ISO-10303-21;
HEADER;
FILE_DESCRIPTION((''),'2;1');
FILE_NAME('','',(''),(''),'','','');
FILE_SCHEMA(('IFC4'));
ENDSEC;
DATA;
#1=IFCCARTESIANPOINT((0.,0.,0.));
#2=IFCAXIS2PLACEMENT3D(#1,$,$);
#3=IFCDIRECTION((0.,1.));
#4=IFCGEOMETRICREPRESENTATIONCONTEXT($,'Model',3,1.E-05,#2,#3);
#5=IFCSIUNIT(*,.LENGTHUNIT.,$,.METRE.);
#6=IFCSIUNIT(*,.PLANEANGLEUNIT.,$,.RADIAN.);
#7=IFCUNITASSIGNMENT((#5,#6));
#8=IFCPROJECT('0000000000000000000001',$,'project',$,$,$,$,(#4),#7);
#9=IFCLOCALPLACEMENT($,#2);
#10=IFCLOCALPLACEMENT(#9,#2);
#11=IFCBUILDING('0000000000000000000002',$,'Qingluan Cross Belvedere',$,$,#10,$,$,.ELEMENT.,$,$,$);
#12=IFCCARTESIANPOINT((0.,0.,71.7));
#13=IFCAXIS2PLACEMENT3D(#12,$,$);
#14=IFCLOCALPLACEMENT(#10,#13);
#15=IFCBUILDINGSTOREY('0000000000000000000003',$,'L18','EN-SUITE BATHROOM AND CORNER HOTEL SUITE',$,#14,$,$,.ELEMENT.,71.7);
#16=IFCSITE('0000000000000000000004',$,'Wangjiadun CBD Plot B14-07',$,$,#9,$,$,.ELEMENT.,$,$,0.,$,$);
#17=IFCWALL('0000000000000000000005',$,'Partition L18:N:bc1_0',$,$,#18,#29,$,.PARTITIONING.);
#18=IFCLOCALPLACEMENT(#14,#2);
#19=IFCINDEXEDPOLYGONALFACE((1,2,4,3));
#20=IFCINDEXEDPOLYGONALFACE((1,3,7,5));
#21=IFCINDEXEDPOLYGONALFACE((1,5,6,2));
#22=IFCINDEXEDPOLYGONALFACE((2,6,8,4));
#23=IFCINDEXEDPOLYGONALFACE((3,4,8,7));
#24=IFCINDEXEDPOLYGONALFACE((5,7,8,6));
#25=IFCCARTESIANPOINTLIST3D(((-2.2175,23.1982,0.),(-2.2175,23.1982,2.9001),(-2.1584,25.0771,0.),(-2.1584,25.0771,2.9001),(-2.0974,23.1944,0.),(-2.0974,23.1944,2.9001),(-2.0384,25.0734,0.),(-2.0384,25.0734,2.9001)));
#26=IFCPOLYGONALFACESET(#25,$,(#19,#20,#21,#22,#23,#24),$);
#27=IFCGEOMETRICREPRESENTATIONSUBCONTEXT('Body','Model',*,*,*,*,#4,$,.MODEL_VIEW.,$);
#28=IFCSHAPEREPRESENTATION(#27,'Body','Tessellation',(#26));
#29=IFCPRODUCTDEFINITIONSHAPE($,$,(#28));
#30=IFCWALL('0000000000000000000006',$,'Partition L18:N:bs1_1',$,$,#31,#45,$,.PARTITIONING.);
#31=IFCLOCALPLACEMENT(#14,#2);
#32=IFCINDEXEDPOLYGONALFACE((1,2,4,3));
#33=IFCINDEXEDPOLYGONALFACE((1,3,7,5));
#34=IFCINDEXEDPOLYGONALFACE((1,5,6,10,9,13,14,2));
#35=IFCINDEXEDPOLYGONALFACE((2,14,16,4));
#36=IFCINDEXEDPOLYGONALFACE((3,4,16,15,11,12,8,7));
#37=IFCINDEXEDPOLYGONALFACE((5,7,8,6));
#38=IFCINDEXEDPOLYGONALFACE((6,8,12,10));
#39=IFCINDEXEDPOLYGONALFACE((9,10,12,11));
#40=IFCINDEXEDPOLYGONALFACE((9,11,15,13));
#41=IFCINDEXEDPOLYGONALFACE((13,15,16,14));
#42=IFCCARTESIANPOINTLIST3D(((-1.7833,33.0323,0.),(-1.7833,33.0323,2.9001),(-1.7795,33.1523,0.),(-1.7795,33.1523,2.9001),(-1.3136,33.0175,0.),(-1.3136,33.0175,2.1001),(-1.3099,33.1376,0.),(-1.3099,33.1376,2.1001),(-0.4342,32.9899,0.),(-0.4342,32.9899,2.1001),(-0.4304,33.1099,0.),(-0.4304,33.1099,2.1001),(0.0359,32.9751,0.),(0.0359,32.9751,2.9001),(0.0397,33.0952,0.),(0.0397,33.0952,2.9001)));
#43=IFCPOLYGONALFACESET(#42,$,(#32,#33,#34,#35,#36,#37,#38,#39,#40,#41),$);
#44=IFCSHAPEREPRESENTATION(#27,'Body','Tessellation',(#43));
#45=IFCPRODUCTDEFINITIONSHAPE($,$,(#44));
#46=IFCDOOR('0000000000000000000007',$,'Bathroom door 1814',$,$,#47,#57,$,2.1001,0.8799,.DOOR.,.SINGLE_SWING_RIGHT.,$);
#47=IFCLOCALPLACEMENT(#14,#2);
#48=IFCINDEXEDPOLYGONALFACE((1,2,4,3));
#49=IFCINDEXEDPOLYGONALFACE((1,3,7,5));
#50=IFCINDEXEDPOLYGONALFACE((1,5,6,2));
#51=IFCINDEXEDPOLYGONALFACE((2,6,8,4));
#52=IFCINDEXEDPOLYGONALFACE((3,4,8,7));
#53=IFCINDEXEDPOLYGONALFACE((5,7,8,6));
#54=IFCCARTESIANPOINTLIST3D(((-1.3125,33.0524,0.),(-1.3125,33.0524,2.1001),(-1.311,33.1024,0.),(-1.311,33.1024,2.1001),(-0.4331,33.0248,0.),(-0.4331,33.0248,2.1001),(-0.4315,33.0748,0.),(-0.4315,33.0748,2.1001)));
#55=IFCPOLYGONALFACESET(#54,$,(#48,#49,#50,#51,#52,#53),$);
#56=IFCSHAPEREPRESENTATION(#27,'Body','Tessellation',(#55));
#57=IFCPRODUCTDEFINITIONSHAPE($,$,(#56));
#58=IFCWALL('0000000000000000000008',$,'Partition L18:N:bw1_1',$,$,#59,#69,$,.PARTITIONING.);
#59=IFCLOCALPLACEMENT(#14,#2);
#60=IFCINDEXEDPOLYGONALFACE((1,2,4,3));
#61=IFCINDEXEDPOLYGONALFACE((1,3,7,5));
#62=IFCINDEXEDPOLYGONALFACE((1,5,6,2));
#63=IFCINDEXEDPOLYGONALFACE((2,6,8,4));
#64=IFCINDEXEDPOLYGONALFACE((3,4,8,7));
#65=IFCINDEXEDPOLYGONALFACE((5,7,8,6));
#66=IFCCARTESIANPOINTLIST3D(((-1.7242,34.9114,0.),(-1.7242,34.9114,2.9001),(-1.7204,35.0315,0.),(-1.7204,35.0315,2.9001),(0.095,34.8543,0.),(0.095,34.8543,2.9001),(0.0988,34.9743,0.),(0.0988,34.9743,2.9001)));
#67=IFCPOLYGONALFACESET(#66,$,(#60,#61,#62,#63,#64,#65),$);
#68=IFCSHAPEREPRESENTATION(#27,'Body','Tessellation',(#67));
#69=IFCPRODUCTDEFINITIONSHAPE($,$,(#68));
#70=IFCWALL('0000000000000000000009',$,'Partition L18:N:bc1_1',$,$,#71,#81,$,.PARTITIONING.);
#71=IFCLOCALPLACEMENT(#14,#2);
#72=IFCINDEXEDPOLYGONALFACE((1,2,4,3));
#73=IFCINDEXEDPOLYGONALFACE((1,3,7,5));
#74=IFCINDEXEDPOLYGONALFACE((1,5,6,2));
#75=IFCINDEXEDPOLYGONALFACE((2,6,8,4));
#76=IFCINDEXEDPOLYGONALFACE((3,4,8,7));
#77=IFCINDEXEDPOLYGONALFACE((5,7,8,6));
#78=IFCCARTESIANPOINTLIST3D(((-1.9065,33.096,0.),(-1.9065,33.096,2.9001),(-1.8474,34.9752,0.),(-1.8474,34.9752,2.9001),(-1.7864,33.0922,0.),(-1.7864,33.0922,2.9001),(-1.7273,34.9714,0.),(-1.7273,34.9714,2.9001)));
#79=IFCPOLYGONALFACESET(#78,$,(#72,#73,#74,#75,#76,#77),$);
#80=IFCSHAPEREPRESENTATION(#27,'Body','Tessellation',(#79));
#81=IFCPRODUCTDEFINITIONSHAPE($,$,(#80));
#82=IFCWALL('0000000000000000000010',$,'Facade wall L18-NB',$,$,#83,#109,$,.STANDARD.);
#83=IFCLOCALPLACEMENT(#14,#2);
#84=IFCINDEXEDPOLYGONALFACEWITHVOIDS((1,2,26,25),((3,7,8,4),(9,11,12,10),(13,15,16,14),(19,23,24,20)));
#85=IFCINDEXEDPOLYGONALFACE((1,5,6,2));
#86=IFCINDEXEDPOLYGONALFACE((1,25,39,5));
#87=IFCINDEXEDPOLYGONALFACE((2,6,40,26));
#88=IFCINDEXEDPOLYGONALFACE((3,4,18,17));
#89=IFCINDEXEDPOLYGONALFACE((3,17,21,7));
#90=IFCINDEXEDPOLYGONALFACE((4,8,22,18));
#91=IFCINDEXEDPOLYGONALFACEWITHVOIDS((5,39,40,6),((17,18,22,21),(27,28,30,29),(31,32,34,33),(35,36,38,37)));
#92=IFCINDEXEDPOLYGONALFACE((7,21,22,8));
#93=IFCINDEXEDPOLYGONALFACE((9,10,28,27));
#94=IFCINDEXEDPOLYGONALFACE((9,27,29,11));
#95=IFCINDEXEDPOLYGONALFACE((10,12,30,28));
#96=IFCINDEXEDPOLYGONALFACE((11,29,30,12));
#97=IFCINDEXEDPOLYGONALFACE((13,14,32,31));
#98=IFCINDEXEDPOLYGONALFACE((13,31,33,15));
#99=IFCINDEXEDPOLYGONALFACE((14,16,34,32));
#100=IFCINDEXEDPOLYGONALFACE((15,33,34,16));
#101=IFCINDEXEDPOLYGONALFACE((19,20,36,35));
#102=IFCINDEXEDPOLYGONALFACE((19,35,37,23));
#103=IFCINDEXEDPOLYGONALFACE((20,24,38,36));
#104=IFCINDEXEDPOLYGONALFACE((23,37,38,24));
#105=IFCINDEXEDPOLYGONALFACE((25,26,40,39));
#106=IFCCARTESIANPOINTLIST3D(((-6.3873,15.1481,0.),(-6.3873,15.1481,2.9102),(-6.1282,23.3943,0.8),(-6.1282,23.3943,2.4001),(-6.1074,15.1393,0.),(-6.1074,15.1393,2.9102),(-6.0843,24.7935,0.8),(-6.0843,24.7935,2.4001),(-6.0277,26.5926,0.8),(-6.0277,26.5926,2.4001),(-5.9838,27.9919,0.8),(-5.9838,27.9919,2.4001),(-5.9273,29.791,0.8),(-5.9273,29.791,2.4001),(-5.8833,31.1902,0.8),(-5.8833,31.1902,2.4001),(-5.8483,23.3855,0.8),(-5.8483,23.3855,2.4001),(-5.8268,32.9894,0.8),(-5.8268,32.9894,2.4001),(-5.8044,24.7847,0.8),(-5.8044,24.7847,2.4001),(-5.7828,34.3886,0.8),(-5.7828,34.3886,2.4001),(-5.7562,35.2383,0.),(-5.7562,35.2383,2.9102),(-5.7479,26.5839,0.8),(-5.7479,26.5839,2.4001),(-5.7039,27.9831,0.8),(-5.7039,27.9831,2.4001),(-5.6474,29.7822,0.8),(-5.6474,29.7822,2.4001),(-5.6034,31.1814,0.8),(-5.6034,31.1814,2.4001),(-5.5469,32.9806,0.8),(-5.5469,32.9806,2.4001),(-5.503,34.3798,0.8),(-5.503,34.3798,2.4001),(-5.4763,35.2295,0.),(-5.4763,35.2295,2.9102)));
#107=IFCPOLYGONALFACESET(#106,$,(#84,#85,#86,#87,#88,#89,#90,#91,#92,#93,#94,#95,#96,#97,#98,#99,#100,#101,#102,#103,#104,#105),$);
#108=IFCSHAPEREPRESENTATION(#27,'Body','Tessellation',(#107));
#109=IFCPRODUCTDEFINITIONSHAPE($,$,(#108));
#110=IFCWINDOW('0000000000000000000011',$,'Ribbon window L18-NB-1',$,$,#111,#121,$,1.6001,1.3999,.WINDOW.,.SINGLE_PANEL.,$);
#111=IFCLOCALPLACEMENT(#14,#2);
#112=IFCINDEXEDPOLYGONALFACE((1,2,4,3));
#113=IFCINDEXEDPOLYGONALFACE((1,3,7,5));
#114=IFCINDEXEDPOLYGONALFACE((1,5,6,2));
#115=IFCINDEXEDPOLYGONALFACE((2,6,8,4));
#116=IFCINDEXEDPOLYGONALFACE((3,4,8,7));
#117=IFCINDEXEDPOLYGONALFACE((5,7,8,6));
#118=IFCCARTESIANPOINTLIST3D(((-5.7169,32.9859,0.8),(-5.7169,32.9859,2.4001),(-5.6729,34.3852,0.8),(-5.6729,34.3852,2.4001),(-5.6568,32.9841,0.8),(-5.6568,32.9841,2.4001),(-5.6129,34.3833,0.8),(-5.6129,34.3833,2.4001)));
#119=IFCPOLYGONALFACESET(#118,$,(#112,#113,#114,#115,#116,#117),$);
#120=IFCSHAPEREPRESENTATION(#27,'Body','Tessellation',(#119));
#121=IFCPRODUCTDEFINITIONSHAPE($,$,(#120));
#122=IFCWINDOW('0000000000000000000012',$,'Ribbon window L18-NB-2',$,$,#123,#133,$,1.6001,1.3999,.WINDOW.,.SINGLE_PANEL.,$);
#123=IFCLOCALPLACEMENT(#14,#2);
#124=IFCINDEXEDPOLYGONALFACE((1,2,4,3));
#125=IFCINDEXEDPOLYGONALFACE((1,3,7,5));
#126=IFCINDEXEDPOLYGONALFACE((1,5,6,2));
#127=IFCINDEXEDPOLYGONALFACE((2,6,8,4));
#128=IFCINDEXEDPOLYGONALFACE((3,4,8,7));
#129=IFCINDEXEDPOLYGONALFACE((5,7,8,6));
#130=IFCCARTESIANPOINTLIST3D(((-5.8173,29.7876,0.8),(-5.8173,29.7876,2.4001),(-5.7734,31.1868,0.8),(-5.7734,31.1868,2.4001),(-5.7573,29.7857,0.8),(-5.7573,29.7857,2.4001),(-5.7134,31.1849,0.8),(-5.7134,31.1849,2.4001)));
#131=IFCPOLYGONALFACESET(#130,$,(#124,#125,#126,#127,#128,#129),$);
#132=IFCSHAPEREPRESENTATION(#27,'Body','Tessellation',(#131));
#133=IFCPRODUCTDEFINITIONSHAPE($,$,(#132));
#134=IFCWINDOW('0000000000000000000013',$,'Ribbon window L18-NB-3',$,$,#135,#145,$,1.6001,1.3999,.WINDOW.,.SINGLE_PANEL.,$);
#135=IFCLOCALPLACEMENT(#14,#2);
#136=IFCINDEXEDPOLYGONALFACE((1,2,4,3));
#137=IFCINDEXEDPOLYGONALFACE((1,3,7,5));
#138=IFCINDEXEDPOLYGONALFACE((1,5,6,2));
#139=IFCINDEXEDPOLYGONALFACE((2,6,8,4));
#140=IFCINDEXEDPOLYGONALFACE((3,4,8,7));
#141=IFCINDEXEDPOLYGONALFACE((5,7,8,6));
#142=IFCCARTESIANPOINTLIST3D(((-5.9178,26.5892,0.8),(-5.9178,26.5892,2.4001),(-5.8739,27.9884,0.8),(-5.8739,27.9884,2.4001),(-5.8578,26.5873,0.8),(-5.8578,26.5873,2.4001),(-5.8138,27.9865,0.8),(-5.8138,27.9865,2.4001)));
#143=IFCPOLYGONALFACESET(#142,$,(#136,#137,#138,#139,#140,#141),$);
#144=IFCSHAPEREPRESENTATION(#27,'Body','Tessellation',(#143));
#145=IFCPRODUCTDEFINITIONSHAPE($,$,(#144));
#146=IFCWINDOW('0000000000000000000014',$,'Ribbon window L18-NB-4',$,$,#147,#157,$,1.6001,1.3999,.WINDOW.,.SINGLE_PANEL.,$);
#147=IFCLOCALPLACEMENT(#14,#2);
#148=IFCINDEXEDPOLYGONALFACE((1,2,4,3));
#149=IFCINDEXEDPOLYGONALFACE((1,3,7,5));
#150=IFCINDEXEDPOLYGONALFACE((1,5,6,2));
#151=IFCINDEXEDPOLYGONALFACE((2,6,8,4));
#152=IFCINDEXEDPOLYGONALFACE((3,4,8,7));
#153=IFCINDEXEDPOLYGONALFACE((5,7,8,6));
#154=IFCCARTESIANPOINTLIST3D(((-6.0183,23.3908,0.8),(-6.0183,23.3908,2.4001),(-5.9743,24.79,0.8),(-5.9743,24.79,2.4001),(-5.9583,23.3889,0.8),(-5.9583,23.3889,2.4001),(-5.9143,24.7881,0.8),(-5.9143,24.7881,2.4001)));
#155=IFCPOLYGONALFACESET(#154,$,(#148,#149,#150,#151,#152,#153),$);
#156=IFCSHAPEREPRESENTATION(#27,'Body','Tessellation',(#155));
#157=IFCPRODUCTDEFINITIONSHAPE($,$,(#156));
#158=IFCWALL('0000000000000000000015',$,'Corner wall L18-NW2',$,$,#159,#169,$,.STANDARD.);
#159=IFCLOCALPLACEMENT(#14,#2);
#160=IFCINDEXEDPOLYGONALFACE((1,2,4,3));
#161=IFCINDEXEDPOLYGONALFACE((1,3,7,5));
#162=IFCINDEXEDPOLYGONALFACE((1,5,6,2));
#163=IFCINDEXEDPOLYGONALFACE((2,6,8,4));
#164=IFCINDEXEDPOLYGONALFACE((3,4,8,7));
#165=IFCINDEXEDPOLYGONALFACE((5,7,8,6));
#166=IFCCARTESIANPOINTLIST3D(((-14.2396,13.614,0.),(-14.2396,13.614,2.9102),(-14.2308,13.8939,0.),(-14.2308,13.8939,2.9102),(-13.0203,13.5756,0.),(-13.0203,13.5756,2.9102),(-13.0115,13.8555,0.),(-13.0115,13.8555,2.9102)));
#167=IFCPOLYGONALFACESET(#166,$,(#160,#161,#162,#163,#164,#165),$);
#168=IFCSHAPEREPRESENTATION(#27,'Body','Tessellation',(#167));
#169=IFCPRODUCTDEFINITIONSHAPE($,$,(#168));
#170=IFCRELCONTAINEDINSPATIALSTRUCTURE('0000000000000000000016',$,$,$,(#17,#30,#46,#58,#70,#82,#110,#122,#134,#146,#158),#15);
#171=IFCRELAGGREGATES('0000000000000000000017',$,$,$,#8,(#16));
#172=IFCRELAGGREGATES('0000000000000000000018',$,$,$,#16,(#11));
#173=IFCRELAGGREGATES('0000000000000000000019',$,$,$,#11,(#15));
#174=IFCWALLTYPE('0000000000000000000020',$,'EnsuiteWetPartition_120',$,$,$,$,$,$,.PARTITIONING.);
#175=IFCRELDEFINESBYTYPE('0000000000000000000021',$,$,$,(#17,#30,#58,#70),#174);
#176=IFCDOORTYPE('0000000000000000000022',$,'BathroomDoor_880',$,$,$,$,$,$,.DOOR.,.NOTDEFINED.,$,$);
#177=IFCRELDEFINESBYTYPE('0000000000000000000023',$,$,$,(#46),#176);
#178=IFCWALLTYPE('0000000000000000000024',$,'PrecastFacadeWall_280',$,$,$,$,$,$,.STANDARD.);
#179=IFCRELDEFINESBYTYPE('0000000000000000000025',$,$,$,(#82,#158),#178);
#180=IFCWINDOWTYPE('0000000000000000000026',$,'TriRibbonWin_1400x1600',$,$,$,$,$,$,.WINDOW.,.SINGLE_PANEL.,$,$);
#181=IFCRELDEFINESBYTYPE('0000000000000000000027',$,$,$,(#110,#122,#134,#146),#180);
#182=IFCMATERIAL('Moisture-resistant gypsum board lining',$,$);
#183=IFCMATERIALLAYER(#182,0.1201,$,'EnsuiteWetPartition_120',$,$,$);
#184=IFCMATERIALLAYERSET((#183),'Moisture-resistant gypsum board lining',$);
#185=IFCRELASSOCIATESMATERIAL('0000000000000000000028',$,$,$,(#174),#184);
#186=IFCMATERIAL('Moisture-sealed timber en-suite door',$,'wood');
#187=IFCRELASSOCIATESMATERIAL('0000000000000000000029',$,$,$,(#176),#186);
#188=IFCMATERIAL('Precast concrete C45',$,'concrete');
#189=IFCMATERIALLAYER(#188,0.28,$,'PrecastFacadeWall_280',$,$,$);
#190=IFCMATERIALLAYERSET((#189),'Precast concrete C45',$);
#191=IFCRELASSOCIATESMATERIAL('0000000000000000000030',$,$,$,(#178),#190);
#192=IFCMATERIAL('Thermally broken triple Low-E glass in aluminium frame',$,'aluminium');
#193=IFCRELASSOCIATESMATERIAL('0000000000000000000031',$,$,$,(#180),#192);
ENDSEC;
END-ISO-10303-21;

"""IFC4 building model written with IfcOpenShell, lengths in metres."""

from ifc_helpers import new_model, si_unit, direction, frame, frame_2d, origin, place, context, subcontext, project, spatial, rectangle, extrude, material, layer, layer_set, type_object, element, fill, save


model = new_model("IFC4")

# Units and contexts
model_context = context("Model", 3, precision=1e-05, world=origin(), true_north=direction((0.0, 1.0)))
body_context = subcontext(model_context, "Body", "Model", "MODEL_VIEW")
ifc_project = project(units=[si_unit("LENGTHUNIT", "METRE"), si_unit("PLANEANGLEUNIT", "RADIAN")], contexts=[model_context])

# Site, building, storey
site_placement = place(None, origin())
site = spatial("IfcSite", under=ifc_project, at=site_placement, Name="Wangjiadun CBD Plot B14-07", CompositionType="ELEMENT", RefElevation=0.0)
building_placement = place(site_placement, origin())
building = spatial("IfcBuilding", under=site, at=building_placement, Name="Qingluan Cross Belvedere", CompositionType="ELEMENT")
storey_placement = place(building_placement, frame((0.0, 0.0, 71.7)))
storey = spatial("IfcBuildingStorey", under=building, at=storey_placement, Name="L18", Description="EN-SUITE BATHROOM AND CORNER HOTEL SUITE", CompositionType="ELEMENT", Elevation=71.7)

# Shared definitions
ifc_material_1 = material(Name="Moisture-resistant gypsum board lining")
ifc_layer_1 = layer(ifc_material_1, 0.1201, Name="EnsuiteWetPartition_120")
ifc_layer_set_1 = layer_set([ifc_layer_1], Name="Moisture-resistant gypsum board lining")
wall_type_1 = type_object("IfcWallType", Name="EnsuiteWetPartition_120", PredefinedType="PARTITIONING", material=ifc_layer_set_1)
ifc_material_2 = material(Name="Moisture-sealed timber en-suite door", Category="wood")
door_type = type_object("IfcDoorType", Name="BathroomDoor_880", OperationType="NOTDEFINED", PredefinedType="DOOR", material=ifc_material_2)

# Wall
wall_1_placement = place(storey_placement, frame((-2.1575, 23.1963, 0.0), z_axis=(0.0, 0.0, 1.0), x_axis=(0.031429, 0.999506, 0.0)))
element("IfcWall", 1, at=wall_1_placement, inside=storey, type_object=wall_type_1, Name="Partition L18:N:bc1_0", PredefinedType="PARTITIONING", context=body_context, shape_type="SweptSolid", body=[
    extrude(rectangle(XDim=1.8799, YDim=0.1201, at=frame_2d((0.9399, 0.0))), origin(), (0.0, 0.0, 1.0), 2.9001),
])

# Wall, opening, door
wall_2_placement = place(storey_placement, frame((-1.7815, 33.0923, 0.0), z_axis=(0.0, 0.0, 1.0), x_axis=(0.999507, -0.03139, 0.0)))
wall_2 = element("IfcWall", 2, at=wall_2_placement, inside=storey, type_object=wall_type_1, Name="Partition L18:N:bs1_1", PredefinedType="PARTITIONING", context=body_context, shape_type="SweptSolid", body=[
    extrude(rectangle(XDim=1.8201, YDim=0.1201, at=frame_2d((0.9102, 0.0))), origin(), (0.0, 0.0, 1.0), 2.9001),
])
opening_1_placement = place(wall_2_placement, frame((0.47, 0.0, 0.0)))
opening_1 = element("IfcOpeningElement", 3, at=opening_1_placement, cuts=wall_2, PredefinedType="OPENING", context=body_context, shape_type="SweptSolid", body=[
    extrude(rectangle(XDim=0.8799, YDim=2.1001, at=frame_2d((0.4399, 1.05))), frame((0.0, 0.0701, 0.0), z_axis=(0.0, -1.0, 0.0), x_axis=(1.0, 0.0, 0.0)), (0.0, 0.0, 1.0), 0.1401),
])
door_1_placement = place(opening_1_placement, origin())
door_1 = element("IfcDoor", 4, at=door_1_placement, inside=storey, type_object=door_type, Name="Bathroom door 1814", OperationType="SINGLE_SWING_RIGHT", OverallHeight=2.1001, OverallWidth=0.8799, PredefinedType="DOOR", context=body_context, shape_type="SweptSolid", body=[
    extrude(rectangle(XDim=0.8799, YDim=2.1001, at=frame_2d((0.4399, 1.05))), frame((0.0, 0.0249, 0.0), z_axis=(0.0, -1.0, 0.0), x_axis=(1.0, 0.0, 0.0)), (0.0, 0.0, 1.0), 0.05),
])
fill(opening_1, door_1)

# Walls
wall_3_placement = place(storey_placement, frame((-1.7224, 34.9714, 0.0), z_axis=(0.0, 0.0, 1.0), x_axis=(0.999507, -0.03139, 0.0)))
element("IfcWall", 5, at=wall_3_placement, inside=storey, type_object=wall_type_1, Name="Partition L18:N:bw1_1", PredefinedType="PARTITIONING", context=body_context, shape_type="SweptSolid", body=[
    extrude(rectangle(XDim=1.8201, YDim=0.1201, at=frame_2d((0.9102, 0.0))), origin(), (0.0, 0.0, 1.0), 2.9001),
])
wall_4_placement = place(storey_placement, frame((-1.8464, 33.0942, 0.0), z_axis=(0.0, 0.0, 1.0), x_axis=(0.031425, 0.999506, 0.0)))
element("IfcWall", 6, at=wall_4_placement, inside=storey, type_object=wall_type_1, Name="Partition L18:N:bc1_1", PredefinedType="PARTITIONING", context=body_context, shape_type="SweptSolid", body=[
    extrude(rectangle(XDim=1.8801, YDim=0.1201, at=frame_2d((0.9399, 0.0))), origin(), (0.0, 0.0, 1.0), 2.9001),
])

# Wall, openings, windows
ifc_material_3 = material(Name="Precast concrete C45", Category="concrete")
ifc_layer_2 = layer(ifc_material_3, 0.28, Name="PrecastFacadeWall_280")
ifc_layer_set_2 = layer_set([ifc_layer_2], Name="Precast concrete C45")
wall_type_2 = type_object("IfcWallType", Name="PrecastFacadeWall_280", PredefinedType="STANDARD", material=ifc_layer_set_2)
wall_5_placement = place(storey_placement, frame((-5.6162, 35.2339, 0.0), z_axis=(0.0, 0.0, 1.0), x_axis=(-0.031398, -0.999507, 0.0)))
wall_5 = element("IfcWall", 7, at=wall_5_placement, inside=storey, type_object=wall_type_2, Name="Facade wall L18-NB", PredefinedType="STANDARD", context=body_context, shape_type="SweptSolid", body=[
    extrude(rectangle(XDim=20.1001, YDim=0.28, at=frame_2d((10.05, 0.0))), origin(), (0.0, 0.0, 1.0), 2.9102),
])
opening_2_placement = place(wall_5_placement, frame((0.8501, 0.0, 0.8)))
opening_2 = element("IfcOpeningElement", 8, at=opening_2_placement, cuts=wall_5, PredefinedType="OPENING", context=body_context, shape_type="SweptSolid", body=[
    extrude(rectangle(XDim=1.3999, YDim=1.6001, at=frame_2d((0.7, 0.8))), frame((0.0, 0.1499, 0.0), z_axis=(0.0, -1.0, 0.0), x_axis=(1.0, 0.0, 0.0)), (0.0, 0.0, 1.0), 0.3),
])
opening_3_placement = place(wall_5_placement, frame((4.05, 0.0, 0.8)))
opening_3 = element("IfcOpeningElement", 9, at=opening_3_placement, cuts=wall_5, PredefinedType="OPENING", context=body_context, shape_type="SweptSolid", body=[
    extrude(rectangle(XDim=1.3999, YDim=1.6001, at=frame_2d((0.7, 0.8))), frame((0.0, 0.1499, 0.0), z_axis=(0.0, -1.0, 0.0), x_axis=(1.0, 0.0, 0.0)), (0.0, 0.0, 1.0), 0.3),
])
opening_4_placement = place(wall_5_placement, frame((7.25, 0.0, 0.8)))
opening_4 = element("IfcOpeningElement", 10, at=opening_4_placement, cuts=wall_5, PredefinedType="OPENING", context=body_context, shape_type="SweptSolid", body=[
    extrude(rectangle(XDim=1.3999, YDim=1.6001, at=frame_2d((0.7, 0.8))), frame((0.0, 0.1499, 0.0), z_axis=(0.0, -1.0, 0.0), x_axis=(1.0, 0.0, 0.0)), (0.0, 0.0, 1.0), 0.3),
])
opening_5_placement = place(wall_5_placement, frame((10.45, 0.0, 0.8)))
opening_5 = element("IfcOpeningElement", 11, at=opening_5_placement, cuts=wall_5, PredefinedType="OPENING", context=body_context, shape_type="SweptSolid", body=[
    extrude(rectangle(XDim=1.3999, YDim=1.6001, at=frame_2d((0.7, 0.8))), frame((0.0, 0.1499, 0.0), z_axis=(0.0, -1.0, 0.0), x_axis=(1.0, 0.0, 0.0)), (0.0, 0.0, 1.0), 0.3),
])
ifc_material_4 = material(Name="Thermally broken triple Low-E glass in aluminium frame", Category="aluminium")
window_type = type_object("IfcWindowType", Name="TriRibbonWin_1400x1600", PartitioningType="SINGLE_PANEL", PredefinedType="WINDOW", material=ifc_material_4)
window_1_placement = place(opening_2_placement, origin())
window_1 = element("IfcWindow", 12, at=window_1_placement, inside=storey, type_object=window_type, Name="Ribbon window L18-NB-1", OverallHeight=1.6001, OverallWidth=1.3999, PartitioningType="SINGLE_PANEL", PredefinedType="WINDOW", context=body_context, shape_type="SweptSolid", body=[
    extrude(rectangle(XDim=1.3999, YDim=1.6001, at=frame_2d((0.7, 0.8))), frame((0.0, 0.03, 0.0), z_axis=(0.0, -1.0, 0.0), x_axis=(1.0, 0.0, 0.0)), (0.0, 0.0, 1.0), 0.0601),
])
fill(opening_2, window_1)
window_2_placement = place(opening_3_placement, origin())
window_2 = element("IfcWindow", 13, at=window_2_placement, inside=storey, type_object=window_type, Name="Ribbon window L18-NB-2", OverallHeight=1.6001, OverallWidth=1.3999, PartitioningType="SINGLE_PANEL", PredefinedType="WINDOW", context=body_context, shape_type="SweptSolid", body=[
    extrude(rectangle(XDim=1.3999, YDim=1.6001, at=frame_2d((0.7, 0.8))), frame((0.0, 0.03, 0.0), z_axis=(0.0, -1.0, 0.0), x_axis=(1.0, 0.0, 0.0)), (0.0, 0.0, 1.0), 0.0601),
])
fill(opening_3, window_2)
window_3_placement = place(opening_4_placement, origin())
window_3 = element("IfcWindow", 14, at=window_3_placement, inside=storey, type_object=window_type, Name="Ribbon window L18-NB-3", OverallHeight=1.6001, OverallWidth=1.3999, PartitioningType="SINGLE_PANEL", PredefinedType="WINDOW", context=body_context, shape_type="SweptSolid", body=[
    extrude(rectangle(XDim=1.3999, YDim=1.6001, at=frame_2d((0.7, 0.8))), frame((0.0, 0.03, 0.0), z_axis=(0.0, -1.0, 0.0), x_axis=(1.0, 0.0, 0.0)), (0.0, 0.0, 1.0), 0.0601),
])
fill(opening_4, window_3)
window_4_placement = place(opening_5_placement, origin())
window_4 = element("IfcWindow", 15, at=window_4_placement, inside=storey, type_object=window_type, Name="Ribbon window L18-NB-4", OverallHeight=1.6001, OverallWidth=1.3999, PartitioningType="SINGLE_PANEL", PredefinedType="WINDOW", context=body_context, shape_type="SweptSolid", body=[
    extrude(rectangle(XDim=1.3999, YDim=1.6001, at=frame_2d((0.7, 0.8))), frame((0.0, 0.03, 0.0), z_axis=(0.0, -1.0, 0.0), x_axis=(1.0, 0.0, 0.0)), (0.0, 0.0, 1.0), 0.0601),
])
fill(opening_5, window_4)

# Wall
wall_6_placement = place(storey_placement, frame((-14.2351, 13.7539, 0.0), z_axis=(0.0, 0.0, 1.0), x_axis=(0.999506, -0.031416, 0.0)))
element("IfcWall", 16, at=wall_6_placement, inside=storey, type_object=wall_type_2, Name="Corner wall L18-NW2", PredefinedType="STANDARD", context=body_context, shape_type="SweptSolid", body=[
    extrude(rectangle(XDim=1.22, YDim=0.28, at=frame_2d((0.6099, 0.0))), origin(), (0.0, 0.0, 1.0), 2.9102),
])

save(model, "model.ifc")
